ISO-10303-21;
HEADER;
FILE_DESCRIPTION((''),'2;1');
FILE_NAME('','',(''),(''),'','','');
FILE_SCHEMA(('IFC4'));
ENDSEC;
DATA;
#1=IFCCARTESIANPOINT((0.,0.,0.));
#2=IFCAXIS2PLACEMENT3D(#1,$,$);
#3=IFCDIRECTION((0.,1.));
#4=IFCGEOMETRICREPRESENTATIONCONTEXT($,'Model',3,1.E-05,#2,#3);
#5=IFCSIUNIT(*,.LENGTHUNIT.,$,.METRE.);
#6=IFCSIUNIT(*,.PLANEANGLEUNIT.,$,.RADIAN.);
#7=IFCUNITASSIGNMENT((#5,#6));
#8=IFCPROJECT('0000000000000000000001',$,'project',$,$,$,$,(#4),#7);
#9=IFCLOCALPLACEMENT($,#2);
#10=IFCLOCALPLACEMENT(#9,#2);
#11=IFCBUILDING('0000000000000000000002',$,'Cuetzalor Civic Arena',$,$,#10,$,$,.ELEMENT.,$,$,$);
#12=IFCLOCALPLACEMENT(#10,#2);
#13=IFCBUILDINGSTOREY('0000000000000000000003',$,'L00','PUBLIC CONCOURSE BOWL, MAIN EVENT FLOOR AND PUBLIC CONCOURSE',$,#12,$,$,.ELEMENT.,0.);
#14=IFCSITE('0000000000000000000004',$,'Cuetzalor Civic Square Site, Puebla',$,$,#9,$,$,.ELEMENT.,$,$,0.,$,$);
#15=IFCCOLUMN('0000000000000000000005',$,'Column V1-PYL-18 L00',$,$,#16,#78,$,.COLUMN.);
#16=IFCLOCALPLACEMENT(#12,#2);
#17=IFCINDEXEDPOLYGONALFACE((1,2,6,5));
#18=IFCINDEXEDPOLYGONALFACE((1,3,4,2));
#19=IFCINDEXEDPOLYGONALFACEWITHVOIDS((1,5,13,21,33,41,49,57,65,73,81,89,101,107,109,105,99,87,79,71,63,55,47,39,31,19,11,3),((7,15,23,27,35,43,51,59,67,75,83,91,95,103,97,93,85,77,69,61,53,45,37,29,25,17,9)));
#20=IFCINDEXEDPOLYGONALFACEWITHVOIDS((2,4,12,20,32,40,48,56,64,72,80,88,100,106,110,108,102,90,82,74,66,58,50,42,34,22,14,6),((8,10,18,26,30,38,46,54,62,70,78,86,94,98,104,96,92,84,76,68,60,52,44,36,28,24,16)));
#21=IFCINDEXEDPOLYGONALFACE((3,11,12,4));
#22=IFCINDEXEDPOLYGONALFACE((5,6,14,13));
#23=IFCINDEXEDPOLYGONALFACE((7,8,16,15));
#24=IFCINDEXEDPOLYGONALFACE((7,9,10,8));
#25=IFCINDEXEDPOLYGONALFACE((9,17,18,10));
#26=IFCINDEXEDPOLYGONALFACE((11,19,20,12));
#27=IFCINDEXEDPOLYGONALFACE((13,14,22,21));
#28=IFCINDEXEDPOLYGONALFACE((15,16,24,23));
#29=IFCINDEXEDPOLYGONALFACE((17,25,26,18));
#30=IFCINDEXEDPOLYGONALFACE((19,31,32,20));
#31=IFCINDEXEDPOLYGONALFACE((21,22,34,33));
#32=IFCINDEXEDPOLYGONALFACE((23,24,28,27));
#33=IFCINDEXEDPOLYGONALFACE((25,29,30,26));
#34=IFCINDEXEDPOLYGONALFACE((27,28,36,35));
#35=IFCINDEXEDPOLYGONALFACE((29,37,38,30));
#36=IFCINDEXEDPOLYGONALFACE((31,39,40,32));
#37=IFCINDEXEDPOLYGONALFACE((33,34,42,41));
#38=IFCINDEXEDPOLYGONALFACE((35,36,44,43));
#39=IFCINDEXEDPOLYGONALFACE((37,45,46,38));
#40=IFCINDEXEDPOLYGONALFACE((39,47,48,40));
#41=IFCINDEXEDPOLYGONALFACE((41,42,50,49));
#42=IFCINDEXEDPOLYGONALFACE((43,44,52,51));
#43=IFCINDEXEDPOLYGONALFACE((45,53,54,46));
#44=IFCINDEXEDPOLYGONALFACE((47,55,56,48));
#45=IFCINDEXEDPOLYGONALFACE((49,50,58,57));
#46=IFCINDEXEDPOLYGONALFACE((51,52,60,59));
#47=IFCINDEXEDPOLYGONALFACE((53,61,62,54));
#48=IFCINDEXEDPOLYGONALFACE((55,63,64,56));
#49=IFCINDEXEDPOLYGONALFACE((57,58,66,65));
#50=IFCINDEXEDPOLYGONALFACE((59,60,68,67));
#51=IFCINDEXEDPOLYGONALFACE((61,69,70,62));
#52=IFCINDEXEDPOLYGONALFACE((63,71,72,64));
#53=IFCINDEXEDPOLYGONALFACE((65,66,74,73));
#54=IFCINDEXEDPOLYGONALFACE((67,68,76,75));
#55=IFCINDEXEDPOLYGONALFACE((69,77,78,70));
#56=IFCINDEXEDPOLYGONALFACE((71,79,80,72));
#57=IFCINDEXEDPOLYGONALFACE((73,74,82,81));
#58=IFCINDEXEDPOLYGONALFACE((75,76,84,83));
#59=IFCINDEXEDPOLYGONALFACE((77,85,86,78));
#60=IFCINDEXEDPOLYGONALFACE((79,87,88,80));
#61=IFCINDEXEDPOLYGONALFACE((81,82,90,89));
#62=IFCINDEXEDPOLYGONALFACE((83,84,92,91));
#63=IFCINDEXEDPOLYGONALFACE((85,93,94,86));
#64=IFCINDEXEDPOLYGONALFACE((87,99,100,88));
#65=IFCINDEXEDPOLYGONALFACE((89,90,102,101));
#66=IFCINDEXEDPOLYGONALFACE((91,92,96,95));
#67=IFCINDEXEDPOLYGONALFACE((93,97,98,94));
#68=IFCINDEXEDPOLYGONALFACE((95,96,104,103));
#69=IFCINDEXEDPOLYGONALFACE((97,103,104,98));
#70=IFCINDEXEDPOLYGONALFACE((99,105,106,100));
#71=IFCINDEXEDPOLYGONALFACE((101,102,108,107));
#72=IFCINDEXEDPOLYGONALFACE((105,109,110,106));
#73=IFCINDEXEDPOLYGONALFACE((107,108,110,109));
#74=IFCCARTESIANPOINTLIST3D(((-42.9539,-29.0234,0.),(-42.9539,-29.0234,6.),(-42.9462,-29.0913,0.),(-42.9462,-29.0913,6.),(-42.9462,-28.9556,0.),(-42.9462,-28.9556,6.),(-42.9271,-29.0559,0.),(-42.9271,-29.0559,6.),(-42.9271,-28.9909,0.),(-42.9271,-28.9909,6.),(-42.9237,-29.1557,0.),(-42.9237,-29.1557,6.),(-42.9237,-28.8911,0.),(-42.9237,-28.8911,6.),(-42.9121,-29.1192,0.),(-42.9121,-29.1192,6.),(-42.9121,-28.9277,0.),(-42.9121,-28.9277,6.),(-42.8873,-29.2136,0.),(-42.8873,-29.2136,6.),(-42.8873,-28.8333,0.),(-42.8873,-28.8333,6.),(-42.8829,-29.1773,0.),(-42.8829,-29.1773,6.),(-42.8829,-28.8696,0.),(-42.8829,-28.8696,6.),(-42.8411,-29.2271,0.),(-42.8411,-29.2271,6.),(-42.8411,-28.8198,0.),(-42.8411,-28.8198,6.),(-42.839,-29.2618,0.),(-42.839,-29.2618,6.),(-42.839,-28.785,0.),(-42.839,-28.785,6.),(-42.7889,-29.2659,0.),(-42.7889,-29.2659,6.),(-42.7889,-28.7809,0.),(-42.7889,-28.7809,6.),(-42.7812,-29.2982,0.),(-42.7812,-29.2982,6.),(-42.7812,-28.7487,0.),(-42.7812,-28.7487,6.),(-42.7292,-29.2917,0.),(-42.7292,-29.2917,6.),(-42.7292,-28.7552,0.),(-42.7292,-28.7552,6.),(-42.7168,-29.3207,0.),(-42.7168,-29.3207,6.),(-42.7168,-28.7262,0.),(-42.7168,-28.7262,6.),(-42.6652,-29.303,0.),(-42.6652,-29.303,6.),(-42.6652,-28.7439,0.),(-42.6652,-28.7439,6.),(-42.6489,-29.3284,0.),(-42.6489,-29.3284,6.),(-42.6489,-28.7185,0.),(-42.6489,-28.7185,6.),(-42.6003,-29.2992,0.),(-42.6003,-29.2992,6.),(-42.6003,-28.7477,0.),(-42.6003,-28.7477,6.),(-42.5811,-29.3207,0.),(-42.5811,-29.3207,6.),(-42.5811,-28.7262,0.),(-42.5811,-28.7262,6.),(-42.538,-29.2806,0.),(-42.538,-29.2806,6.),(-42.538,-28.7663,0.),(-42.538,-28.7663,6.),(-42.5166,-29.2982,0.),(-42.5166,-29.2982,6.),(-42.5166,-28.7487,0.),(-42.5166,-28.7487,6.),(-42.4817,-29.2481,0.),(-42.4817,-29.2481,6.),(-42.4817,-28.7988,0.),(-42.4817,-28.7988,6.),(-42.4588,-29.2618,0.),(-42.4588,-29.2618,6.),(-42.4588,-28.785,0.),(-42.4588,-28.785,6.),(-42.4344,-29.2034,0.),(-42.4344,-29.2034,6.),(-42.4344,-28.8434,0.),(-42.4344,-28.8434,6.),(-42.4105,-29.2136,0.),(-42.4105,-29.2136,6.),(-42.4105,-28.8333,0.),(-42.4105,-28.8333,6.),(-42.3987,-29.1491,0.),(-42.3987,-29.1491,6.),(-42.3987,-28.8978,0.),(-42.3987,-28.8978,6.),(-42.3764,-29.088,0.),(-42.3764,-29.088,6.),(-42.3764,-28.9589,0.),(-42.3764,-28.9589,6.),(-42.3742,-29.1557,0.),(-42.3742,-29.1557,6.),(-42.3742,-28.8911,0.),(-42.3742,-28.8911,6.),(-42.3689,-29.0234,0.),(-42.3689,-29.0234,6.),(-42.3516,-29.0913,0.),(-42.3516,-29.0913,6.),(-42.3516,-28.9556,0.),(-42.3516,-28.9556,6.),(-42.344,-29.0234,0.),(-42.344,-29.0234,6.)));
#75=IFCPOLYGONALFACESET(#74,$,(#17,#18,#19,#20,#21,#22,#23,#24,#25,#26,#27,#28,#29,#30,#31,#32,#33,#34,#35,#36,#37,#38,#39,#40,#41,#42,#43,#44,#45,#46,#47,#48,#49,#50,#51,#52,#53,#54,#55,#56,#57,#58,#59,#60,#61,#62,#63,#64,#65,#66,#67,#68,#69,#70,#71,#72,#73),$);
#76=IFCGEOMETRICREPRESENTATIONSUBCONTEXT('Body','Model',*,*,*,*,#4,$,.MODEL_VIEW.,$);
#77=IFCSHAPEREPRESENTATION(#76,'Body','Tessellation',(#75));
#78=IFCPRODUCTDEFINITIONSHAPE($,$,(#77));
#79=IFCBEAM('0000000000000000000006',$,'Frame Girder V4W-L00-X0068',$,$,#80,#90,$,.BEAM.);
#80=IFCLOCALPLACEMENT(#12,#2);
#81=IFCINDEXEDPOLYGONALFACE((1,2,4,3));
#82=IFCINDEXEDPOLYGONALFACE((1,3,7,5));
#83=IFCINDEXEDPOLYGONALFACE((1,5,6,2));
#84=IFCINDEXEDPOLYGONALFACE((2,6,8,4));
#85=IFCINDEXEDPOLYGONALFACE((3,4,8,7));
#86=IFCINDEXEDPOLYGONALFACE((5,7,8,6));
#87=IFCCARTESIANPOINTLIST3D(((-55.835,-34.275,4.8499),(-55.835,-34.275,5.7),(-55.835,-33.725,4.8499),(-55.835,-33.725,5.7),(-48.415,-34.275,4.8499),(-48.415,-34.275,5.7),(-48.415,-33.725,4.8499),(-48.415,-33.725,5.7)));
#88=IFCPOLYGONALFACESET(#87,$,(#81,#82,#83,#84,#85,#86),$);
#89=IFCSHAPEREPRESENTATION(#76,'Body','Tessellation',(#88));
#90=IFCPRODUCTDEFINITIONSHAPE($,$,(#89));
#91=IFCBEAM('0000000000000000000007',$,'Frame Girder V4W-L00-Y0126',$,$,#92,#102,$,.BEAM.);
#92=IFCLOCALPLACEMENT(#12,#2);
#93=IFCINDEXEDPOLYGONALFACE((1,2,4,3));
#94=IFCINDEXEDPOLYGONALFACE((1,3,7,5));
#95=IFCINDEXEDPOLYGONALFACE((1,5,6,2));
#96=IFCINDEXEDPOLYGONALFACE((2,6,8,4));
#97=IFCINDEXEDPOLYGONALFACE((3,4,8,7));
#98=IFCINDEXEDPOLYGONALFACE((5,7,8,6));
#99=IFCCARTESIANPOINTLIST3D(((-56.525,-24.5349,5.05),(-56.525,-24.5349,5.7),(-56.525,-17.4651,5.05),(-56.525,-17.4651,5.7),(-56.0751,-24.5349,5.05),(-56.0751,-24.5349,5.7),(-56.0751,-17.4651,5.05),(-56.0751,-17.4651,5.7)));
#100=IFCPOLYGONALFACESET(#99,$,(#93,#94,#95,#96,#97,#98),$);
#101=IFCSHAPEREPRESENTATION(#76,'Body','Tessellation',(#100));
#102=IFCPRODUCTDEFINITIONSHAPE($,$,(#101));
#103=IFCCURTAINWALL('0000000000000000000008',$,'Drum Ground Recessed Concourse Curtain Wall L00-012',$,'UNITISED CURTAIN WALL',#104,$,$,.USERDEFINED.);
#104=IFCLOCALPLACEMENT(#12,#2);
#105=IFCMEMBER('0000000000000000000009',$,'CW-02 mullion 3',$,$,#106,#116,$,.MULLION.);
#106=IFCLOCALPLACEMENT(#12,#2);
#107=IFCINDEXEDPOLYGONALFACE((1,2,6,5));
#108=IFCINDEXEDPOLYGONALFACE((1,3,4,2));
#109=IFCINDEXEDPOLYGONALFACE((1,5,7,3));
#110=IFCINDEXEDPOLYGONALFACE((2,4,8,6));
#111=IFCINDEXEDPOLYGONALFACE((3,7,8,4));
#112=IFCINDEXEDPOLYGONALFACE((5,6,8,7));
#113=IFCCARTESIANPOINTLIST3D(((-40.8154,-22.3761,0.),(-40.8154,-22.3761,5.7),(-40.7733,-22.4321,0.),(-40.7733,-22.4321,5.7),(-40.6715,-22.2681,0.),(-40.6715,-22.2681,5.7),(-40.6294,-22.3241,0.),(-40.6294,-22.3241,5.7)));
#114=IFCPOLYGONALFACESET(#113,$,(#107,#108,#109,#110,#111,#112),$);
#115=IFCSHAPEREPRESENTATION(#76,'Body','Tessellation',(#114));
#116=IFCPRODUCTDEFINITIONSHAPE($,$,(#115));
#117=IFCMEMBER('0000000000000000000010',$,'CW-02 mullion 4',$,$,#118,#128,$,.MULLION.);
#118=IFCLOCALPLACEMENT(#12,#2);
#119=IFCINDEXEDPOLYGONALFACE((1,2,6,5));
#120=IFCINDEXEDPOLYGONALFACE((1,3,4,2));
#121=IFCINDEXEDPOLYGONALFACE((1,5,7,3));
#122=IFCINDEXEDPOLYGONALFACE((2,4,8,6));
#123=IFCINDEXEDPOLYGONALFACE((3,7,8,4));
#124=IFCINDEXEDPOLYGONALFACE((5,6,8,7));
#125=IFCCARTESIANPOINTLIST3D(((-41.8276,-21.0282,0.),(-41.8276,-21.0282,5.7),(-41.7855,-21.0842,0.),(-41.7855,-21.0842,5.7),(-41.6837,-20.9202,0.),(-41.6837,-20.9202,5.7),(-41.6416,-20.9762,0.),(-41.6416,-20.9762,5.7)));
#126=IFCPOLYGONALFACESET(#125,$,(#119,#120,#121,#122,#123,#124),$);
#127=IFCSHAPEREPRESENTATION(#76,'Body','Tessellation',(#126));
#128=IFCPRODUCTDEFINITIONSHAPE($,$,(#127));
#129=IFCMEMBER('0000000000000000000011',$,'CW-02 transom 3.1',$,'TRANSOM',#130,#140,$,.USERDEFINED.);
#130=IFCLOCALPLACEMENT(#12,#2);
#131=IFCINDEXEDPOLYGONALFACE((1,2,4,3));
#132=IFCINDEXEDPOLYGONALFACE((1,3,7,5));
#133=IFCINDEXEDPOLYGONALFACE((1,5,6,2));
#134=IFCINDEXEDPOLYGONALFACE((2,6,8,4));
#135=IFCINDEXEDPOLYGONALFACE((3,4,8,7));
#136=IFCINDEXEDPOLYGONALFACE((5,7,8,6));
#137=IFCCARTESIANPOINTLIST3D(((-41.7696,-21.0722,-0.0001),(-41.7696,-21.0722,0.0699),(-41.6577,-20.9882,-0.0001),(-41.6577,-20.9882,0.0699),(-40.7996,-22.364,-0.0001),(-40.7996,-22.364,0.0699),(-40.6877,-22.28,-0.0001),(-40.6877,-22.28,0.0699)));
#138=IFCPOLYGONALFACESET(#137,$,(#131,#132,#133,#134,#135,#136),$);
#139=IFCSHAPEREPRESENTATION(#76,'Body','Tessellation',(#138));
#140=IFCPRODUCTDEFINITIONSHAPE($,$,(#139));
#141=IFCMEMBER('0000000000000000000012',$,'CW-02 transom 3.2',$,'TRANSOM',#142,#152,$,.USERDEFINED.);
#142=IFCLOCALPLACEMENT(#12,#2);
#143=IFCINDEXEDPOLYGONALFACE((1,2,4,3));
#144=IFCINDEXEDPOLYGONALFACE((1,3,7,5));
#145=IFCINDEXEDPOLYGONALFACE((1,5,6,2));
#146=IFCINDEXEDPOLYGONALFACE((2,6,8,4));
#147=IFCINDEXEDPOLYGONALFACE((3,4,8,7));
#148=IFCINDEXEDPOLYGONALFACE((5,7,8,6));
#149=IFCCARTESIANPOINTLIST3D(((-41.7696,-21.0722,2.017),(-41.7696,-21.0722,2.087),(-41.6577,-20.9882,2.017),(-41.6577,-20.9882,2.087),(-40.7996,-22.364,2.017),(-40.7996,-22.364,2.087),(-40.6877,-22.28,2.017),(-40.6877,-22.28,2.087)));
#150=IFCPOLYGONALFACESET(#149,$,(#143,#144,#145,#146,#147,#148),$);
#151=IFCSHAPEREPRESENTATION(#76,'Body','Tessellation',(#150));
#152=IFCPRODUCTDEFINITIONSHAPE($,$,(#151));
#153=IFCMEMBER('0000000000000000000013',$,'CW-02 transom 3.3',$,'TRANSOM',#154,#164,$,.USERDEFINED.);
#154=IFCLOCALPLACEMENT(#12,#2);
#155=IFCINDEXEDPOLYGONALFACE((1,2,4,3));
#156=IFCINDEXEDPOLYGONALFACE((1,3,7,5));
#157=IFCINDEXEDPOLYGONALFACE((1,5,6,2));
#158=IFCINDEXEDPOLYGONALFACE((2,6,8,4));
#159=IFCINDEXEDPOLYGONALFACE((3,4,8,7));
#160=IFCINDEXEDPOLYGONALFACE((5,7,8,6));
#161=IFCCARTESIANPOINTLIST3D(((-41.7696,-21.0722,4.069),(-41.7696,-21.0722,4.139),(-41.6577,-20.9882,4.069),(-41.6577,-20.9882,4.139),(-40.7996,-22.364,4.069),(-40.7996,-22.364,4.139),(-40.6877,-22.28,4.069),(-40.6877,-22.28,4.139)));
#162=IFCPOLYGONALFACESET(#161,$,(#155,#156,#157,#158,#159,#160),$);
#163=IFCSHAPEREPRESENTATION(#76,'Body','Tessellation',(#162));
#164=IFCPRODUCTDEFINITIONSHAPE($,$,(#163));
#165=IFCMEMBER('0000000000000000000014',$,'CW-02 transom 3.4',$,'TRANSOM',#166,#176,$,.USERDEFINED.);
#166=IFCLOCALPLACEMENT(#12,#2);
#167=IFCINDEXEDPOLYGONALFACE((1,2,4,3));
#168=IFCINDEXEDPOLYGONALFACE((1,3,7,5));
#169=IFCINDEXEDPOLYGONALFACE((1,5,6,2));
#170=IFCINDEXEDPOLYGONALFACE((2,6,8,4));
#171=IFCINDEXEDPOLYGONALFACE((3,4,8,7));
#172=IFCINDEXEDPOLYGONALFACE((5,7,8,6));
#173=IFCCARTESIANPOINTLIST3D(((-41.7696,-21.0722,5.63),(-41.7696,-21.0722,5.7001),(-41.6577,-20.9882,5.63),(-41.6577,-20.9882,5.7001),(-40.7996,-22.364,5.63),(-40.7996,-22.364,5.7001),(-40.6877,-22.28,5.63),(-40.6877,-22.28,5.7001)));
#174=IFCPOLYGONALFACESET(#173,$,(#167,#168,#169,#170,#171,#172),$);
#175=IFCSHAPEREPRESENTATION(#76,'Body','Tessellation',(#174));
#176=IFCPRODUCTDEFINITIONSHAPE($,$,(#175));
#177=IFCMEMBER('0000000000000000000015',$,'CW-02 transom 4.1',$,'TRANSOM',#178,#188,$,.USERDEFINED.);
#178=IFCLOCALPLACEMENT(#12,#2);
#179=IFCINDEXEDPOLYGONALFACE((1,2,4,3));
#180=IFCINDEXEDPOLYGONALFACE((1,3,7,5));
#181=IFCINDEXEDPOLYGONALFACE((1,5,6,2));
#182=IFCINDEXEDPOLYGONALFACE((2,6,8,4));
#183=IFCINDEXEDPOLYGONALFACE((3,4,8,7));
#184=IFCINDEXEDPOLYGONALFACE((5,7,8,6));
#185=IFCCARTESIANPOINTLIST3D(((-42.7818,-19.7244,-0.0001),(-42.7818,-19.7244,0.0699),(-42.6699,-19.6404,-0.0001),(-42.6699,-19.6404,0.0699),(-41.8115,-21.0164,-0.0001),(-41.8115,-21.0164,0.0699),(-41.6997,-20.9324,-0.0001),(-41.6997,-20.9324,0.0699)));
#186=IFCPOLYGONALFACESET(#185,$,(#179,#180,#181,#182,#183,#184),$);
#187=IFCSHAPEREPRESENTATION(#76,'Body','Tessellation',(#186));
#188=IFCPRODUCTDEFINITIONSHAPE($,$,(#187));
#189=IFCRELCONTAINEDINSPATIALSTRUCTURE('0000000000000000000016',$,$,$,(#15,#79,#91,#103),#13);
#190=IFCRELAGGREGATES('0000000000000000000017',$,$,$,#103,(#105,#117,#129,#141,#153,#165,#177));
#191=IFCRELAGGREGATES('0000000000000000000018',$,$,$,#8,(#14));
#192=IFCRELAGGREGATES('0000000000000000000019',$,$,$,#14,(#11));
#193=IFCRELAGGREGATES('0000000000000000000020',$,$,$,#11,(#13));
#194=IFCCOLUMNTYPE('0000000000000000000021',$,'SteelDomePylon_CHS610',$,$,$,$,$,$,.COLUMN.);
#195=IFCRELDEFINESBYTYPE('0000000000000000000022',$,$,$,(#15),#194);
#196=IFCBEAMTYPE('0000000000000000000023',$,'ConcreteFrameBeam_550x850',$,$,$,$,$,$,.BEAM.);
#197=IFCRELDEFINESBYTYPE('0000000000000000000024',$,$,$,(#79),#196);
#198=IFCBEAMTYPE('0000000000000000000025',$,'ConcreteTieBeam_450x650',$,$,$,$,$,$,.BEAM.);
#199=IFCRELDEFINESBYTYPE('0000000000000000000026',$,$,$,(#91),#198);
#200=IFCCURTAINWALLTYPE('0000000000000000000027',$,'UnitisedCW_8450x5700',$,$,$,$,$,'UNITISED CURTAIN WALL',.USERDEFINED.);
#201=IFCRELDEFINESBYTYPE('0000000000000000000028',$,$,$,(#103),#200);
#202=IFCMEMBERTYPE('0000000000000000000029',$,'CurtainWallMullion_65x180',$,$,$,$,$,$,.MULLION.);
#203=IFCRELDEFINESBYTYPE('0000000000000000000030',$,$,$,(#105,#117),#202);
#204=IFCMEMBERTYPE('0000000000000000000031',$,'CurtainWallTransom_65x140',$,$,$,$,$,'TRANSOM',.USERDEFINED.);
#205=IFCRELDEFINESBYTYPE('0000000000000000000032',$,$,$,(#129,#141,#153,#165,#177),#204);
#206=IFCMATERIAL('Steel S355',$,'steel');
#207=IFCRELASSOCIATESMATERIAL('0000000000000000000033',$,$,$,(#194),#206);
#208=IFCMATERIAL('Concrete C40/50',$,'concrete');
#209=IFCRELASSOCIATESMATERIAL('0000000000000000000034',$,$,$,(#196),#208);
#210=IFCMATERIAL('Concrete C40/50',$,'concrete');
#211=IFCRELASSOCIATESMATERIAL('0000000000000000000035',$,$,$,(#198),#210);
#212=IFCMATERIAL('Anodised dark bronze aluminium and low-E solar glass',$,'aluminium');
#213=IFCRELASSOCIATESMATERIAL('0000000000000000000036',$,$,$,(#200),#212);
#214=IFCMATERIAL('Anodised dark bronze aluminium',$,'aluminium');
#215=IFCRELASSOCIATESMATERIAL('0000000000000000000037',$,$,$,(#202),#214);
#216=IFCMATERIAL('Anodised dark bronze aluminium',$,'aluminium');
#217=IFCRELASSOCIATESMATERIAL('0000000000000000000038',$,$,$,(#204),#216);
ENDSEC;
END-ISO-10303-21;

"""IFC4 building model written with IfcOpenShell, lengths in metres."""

from ifc_helpers import new_model, si_unit, direction, frame, origin, origin_2d, place, context, subcontext, project, spatial, rectangle, hollow_circle, extrude, material, material_profile, profile_set, type_object, element, aggregate, save


model = new_model("IFC4")

# Units and contexts
model_context = context("Model", 3, precision=1e-05, world=origin(), true_north=direction((0.0, 1.0)))
body_context = subcontext(model_context, "Body", "Model", "MODEL_VIEW")
ifc_project = project(units=[si_unit("LENGTHUNIT", "METRE"), si_unit("PLANEANGLEUNIT", "RADIAN")], contexts=[model_context])

# Site, building, storey
site_placement = place(None, origin())
site = spatial("IfcSite", under=ifc_project, at=site_placement, Name="Cuetzalor Civic Square Site, Puebla", CompositionType="ELEMENT", RefElevation=0.0)
building_placement = place(site_placement, origin())
building = spatial("IfcBuilding", under=site, at=building_placement, Name="Cuetzalor Civic Arena", CompositionType="ELEMENT")
storey_placement = place(building_placement, origin())
storey = spatial("IfcBuildingStorey", under=building, at=storey_placement, Name="L00", Description="PUBLIC CONCOURSE BOWL, MAIN EVENT FLOOR AND PUBLIC CONCOURSE", CompositionType="ELEMENT", Elevation=0.0)

# Column
ifc_material_1 = material(Name="Steel S355", Category="steel")
ifc_material_profile_1 = material_profile(ifc_material_1, hollow_circle(Radius=0.3049, WallThickness=0.0249, at=origin_2d()), Name="CHS 610x25")
ifc_profile_set_1 = profile_set([ifc_material_profile_1], Name="Steel S355")
column_type_1 = type_object("IfcColumnType", Name="SteelDomePylon_CHS610", PredefinedType="COLUMN", material=ifc_profile_set_1)
column_1_placement = place(storey_placement, frame((-42.6489, -29.0234, 0.0), z_axis=(0.0, 0.0, 1.0), x_axis=(1.0, 0.0, 0.0)))
element("IfcColumn", 1, at=column_1_placement, inside=storey, type_object=column_type_1, Name="Column V1-PYL-18 L00", PredefinedType="COLUMN", context=body_context, shape_type="SweptSolid", body=[
    extrude(hollow_circle(Radius=0.3049, WallThickness=0.0249, at=origin_2d()), origin(), (0.0, 0.0, 1.0), 6.0),
])

# Beams
ifc_material_2 = material(Name="Concrete C40/50", Category="concrete")
ifc_material_profile_2 = material_profile(ifc_material_2, rectangle(XDim=0.55, YDim=0.8501, at=origin_2d()), Name="RC 550x850")
ifc_profile_set_2 = profile_set([ifc_material_profile_2], Name="Concrete C40/50")
beam_type_1 = type_object("IfcBeamType", Name="ConcreteFrameBeam_550x850", PredefinedType="BEAM", material=ifc_profile_set_2)
beam_1_placement = place(storey_placement, frame((-55.835, -34.0, 5.2749), z_axis=(1.0, 0.0, 0.0), x_axis=(0.0, 1.0, 0.0)))
element("IfcBeam", 2, at=beam_1_placement, inside=storey, type_object=beam_type_1, Name="Frame Girder V4W-L00-X0068", PredefinedType="BEAM", context=body_context, shape_type="SweptSolid", body=[
    extrude(rectangle(XDim=0.55, YDim=0.8501, at=origin_2d()), origin(), (0.0, 0.0, 1.0), 7.4199),
])
ifc_material_3 = material(Name="Concrete C40/50", Category="concrete")
ifc_material_profile_3 = material_profile(ifc_material_3, rectangle(XDim=0.45, YDim=0.6499, at=origin_2d()), Name="RC 450x650")
ifc_profile_set_3 = profile_set([ifc_material_profile_3], Name="Concrete C40/50")
beam_type_2 = type_object("IfcBeamType", Name="ConcreteTieBeam_450x650", PredefinedType="BEAM", material=ifc_profile_set_3)
beam_2_placement = place(storey_placement, frame((-56.3, -24.5349, 5.375), z_axis=(0.0, 1.0, 0.0), x_axis=(-1.0, 0.0, 0.0)))
element("IfcBeam", 3, at=beam_2_placement, inside=storey, type_object=beam_type_2, Name="Frame Girder V4W-L00-Y0126", PredefinedType="BEAM", context=body_context, shape_type="SweptSolid", body=[
    extrude(rectangle(XDim=0.45, YDim=0.6499, at=origin_2d()), origin(), (0.0, 0.0, 1.0), 7.0698),
])

# Curtain wall, members
ifc_material_4 = material(Name="Anodised dark bronze aluminium and low-E solar glass", Category="aluminium")
curtain_wall_type = type_object("IfcCurtainWallType", Name="UnitisedCW_8450x5700", ElementType="UNITISED CURTAIN WALL", PredefinedType="USERDEFINED", material=ifc_material_4)
curtain_wall_placement = place(storey_placement, origin())
curtain_wall = element("IfcCurtainWall", 4, at=curtain_wall_placement, inside=storey, type_object=curtain_wall_type, Name="Drum Ground Recessed Concourse Curtain Wall L00-012", ObjectType="UNITISED CURTAIN WALL", PredefinedType="USERDEFINED")
ifc_material_5 = material(Name="Anodised dark bronze aluminium", Category="aluminium")
ifc_material_profile_4 = material_profile(ifc_material_5, rectangle(XDim=0.0701, YDim=0.1799, at=origin_2d()), Name="ALU MULLION 70x180")
ifc_profile_set_4 = profile_set([ifc_material_profile_4], Name="Anodised dark bronze aluminium")
member_type_1 = type_object("IfcMemberType", Name="CurtainWallMullion_65x180", PredefinedType="MULLION", material=ifc_profile_set_4)
member_1_placement = place(storey_placement, frame((-40.7224, -22.3501, 0.0), z_axis=(0.0, 0.0, 1.0), x_axis=(-0.600492, 0.799631, 0.0)))
member_1 = element("IfcMember", 5, at=member_1_placement, type_object=member_type_1, Name="CW-02 mullion 3", PredefinedType="MULLION", context=body_context, shape_type="SweptSolid", body=[
    extrude(rectangle(XDim=0.0701, YDim=0.1799, at=origin_2d()), origin(), (0.0, 0.0, 1.0), 5.7),
])
member_2_placement = place(storey_placement, frame((-41.7346, -21.0022, 0.0), z_axis=(0.0, 0.0, 1.0), x_axis=(-0.600492, 0.799631, 0.0)))
member_2 = element("IfcMember", 6, at=member_2_placement, type_object=member_type_1, Name="CW-02 mullion 4", PredefinedType="MULLION", context=body_context, shape_type="SweptSolid", body=[
    extrude(rectangle(XDim=0.0701, YDim=0.1799, at=origin_2d()), origin(), (0.0, 0.0, 1.0), 5.7),
])
ifc_material_6 = material(Name="Anodised dark bronze aluminium", Category="aluminium")
ifc_material_profile_5 = material_profile(ifc_material_6, rectangle(XDim=0.1399, YDim=0.0701, at=origin_2d()), Name="ALU TRANSOM 70x140")
ifc_profile_set_5 = profile_set([ifc_material_profile_5], Name="Anodised dark bronze aluminium")
member_type_2 = type_object("IfcMemberType", Name="CurtainWallTransom_65x140", ElementType="TRANSOM", PredefinedType="USERDEFINED", material=ifc_profile_set_5)
member_3_placement = place(storey_placement, frame((-40.7437, -22.322, 0.0349), z_axis=(-0.600459, 0.799655, 0.0), x_axis=(-0.799655, -0.600459, 0.0)))
member_3 = element("IfcMember", 7, at=member_3_placement, type_object=member_type_2, Name="CW-02 transom 3.1", ObjectType="TRANSOM", PredefinedType="USERDEFINED", context=body_context, shape_type="SweptSolid", body=[
    extrude(rectangle(XDim=0.1399, YDim=0.0701, at=origin_2d()), origin(), (0.0, 0.0, 1.0), 1.6155),
])
member_4_placement = place(storey_placement, frame((-40.7437, -22.322, 2.052), z_axis=(-0.600459, 0.799655, 0.0), x_axis=(-0.799655, -0.600459, 0.0)))
member_4 = element("IfcMember", 8, at=member_4_placement, type_object=member_type_2, Name="CW-02 transom 3.2", ObjectType="TRANSOM", PredefinedType="USERDEFINED", context=body_context, shape_type="SweptSolid", body=[
    extrude(rectangle(XDim=0.1399, YDim=0.0701, at=origin_2d()), origin(), (0.0, 0.0, 1.0), 1.6155),
])
member_5_placement = place(storey_placement, frame((-40.7437, -22.322, 4.104), z_axis=(-0.600459, 0.799655, 0.0), x_axis=(-0.799655, -0.600459, 0.0)))
member_5 = element("IfcMember", 9, at=member_5_placement, type_object=member_type_2, Name="CW-02 transom 3.3", ObjectType="TRANSOM", PredefinedType="USERDEFINED", context=body_context, shape_type="SweptSolid", body=[
    extrude(rectangle(XDim=0.1399, YDim=0.0701, at=origin_2d()), origin(), (0.0, 0.0, 1.0), 1.6155),
])
member_6_placement = place(storey_placement, frame((-40.7437, -22.322, 5.665), z_axis=(-0.600459, 0.799655, 0.0), x_axis=(-0.799655, -0.600459, 0.0)))
member_6 = element("IfcMember", 10, at=member_6_placement, type_object=member_type_2, Name="CW-02 transom 3.4", ObjectType="TRANSOM", PredefinedType="USERDEFINED", context=body_context, shape_type="SweptSolid", body=[
    extrude(rectangle(XDim=0.1399, YDim=0.0701, at=origin_2d()), origin(), (0.0, 0.0, 1.0), 1.6155),
])
member_7_placement = place(storey_placement, frame((-41.7556, -20.9744, 0.0349), z_axis=(-0.600483, 0.799637, 0.0), x_axis=(-0.799637, -0.600483, 0.0)))
member_7 = element("IfcMember", 11, at=member_7_placement, type_object=member_type_2, Name="CW-02 transom 4.1", ObjectType="TRANSOM", PredefinedType="USERDEFINED", context=body_context, shape_type="SweptSolid", body=[
    extrude(rectangle(XDim=0.1399, YDim=0.0701, at=origin_2d()), origin(), (0.0, 0.0, 1.0), 1.6157),
])

aggregate(curtain_wall, [member_1, member_2, member_3, member_4, member_5, member_6, member_7])

save(model, "model.ifc")
